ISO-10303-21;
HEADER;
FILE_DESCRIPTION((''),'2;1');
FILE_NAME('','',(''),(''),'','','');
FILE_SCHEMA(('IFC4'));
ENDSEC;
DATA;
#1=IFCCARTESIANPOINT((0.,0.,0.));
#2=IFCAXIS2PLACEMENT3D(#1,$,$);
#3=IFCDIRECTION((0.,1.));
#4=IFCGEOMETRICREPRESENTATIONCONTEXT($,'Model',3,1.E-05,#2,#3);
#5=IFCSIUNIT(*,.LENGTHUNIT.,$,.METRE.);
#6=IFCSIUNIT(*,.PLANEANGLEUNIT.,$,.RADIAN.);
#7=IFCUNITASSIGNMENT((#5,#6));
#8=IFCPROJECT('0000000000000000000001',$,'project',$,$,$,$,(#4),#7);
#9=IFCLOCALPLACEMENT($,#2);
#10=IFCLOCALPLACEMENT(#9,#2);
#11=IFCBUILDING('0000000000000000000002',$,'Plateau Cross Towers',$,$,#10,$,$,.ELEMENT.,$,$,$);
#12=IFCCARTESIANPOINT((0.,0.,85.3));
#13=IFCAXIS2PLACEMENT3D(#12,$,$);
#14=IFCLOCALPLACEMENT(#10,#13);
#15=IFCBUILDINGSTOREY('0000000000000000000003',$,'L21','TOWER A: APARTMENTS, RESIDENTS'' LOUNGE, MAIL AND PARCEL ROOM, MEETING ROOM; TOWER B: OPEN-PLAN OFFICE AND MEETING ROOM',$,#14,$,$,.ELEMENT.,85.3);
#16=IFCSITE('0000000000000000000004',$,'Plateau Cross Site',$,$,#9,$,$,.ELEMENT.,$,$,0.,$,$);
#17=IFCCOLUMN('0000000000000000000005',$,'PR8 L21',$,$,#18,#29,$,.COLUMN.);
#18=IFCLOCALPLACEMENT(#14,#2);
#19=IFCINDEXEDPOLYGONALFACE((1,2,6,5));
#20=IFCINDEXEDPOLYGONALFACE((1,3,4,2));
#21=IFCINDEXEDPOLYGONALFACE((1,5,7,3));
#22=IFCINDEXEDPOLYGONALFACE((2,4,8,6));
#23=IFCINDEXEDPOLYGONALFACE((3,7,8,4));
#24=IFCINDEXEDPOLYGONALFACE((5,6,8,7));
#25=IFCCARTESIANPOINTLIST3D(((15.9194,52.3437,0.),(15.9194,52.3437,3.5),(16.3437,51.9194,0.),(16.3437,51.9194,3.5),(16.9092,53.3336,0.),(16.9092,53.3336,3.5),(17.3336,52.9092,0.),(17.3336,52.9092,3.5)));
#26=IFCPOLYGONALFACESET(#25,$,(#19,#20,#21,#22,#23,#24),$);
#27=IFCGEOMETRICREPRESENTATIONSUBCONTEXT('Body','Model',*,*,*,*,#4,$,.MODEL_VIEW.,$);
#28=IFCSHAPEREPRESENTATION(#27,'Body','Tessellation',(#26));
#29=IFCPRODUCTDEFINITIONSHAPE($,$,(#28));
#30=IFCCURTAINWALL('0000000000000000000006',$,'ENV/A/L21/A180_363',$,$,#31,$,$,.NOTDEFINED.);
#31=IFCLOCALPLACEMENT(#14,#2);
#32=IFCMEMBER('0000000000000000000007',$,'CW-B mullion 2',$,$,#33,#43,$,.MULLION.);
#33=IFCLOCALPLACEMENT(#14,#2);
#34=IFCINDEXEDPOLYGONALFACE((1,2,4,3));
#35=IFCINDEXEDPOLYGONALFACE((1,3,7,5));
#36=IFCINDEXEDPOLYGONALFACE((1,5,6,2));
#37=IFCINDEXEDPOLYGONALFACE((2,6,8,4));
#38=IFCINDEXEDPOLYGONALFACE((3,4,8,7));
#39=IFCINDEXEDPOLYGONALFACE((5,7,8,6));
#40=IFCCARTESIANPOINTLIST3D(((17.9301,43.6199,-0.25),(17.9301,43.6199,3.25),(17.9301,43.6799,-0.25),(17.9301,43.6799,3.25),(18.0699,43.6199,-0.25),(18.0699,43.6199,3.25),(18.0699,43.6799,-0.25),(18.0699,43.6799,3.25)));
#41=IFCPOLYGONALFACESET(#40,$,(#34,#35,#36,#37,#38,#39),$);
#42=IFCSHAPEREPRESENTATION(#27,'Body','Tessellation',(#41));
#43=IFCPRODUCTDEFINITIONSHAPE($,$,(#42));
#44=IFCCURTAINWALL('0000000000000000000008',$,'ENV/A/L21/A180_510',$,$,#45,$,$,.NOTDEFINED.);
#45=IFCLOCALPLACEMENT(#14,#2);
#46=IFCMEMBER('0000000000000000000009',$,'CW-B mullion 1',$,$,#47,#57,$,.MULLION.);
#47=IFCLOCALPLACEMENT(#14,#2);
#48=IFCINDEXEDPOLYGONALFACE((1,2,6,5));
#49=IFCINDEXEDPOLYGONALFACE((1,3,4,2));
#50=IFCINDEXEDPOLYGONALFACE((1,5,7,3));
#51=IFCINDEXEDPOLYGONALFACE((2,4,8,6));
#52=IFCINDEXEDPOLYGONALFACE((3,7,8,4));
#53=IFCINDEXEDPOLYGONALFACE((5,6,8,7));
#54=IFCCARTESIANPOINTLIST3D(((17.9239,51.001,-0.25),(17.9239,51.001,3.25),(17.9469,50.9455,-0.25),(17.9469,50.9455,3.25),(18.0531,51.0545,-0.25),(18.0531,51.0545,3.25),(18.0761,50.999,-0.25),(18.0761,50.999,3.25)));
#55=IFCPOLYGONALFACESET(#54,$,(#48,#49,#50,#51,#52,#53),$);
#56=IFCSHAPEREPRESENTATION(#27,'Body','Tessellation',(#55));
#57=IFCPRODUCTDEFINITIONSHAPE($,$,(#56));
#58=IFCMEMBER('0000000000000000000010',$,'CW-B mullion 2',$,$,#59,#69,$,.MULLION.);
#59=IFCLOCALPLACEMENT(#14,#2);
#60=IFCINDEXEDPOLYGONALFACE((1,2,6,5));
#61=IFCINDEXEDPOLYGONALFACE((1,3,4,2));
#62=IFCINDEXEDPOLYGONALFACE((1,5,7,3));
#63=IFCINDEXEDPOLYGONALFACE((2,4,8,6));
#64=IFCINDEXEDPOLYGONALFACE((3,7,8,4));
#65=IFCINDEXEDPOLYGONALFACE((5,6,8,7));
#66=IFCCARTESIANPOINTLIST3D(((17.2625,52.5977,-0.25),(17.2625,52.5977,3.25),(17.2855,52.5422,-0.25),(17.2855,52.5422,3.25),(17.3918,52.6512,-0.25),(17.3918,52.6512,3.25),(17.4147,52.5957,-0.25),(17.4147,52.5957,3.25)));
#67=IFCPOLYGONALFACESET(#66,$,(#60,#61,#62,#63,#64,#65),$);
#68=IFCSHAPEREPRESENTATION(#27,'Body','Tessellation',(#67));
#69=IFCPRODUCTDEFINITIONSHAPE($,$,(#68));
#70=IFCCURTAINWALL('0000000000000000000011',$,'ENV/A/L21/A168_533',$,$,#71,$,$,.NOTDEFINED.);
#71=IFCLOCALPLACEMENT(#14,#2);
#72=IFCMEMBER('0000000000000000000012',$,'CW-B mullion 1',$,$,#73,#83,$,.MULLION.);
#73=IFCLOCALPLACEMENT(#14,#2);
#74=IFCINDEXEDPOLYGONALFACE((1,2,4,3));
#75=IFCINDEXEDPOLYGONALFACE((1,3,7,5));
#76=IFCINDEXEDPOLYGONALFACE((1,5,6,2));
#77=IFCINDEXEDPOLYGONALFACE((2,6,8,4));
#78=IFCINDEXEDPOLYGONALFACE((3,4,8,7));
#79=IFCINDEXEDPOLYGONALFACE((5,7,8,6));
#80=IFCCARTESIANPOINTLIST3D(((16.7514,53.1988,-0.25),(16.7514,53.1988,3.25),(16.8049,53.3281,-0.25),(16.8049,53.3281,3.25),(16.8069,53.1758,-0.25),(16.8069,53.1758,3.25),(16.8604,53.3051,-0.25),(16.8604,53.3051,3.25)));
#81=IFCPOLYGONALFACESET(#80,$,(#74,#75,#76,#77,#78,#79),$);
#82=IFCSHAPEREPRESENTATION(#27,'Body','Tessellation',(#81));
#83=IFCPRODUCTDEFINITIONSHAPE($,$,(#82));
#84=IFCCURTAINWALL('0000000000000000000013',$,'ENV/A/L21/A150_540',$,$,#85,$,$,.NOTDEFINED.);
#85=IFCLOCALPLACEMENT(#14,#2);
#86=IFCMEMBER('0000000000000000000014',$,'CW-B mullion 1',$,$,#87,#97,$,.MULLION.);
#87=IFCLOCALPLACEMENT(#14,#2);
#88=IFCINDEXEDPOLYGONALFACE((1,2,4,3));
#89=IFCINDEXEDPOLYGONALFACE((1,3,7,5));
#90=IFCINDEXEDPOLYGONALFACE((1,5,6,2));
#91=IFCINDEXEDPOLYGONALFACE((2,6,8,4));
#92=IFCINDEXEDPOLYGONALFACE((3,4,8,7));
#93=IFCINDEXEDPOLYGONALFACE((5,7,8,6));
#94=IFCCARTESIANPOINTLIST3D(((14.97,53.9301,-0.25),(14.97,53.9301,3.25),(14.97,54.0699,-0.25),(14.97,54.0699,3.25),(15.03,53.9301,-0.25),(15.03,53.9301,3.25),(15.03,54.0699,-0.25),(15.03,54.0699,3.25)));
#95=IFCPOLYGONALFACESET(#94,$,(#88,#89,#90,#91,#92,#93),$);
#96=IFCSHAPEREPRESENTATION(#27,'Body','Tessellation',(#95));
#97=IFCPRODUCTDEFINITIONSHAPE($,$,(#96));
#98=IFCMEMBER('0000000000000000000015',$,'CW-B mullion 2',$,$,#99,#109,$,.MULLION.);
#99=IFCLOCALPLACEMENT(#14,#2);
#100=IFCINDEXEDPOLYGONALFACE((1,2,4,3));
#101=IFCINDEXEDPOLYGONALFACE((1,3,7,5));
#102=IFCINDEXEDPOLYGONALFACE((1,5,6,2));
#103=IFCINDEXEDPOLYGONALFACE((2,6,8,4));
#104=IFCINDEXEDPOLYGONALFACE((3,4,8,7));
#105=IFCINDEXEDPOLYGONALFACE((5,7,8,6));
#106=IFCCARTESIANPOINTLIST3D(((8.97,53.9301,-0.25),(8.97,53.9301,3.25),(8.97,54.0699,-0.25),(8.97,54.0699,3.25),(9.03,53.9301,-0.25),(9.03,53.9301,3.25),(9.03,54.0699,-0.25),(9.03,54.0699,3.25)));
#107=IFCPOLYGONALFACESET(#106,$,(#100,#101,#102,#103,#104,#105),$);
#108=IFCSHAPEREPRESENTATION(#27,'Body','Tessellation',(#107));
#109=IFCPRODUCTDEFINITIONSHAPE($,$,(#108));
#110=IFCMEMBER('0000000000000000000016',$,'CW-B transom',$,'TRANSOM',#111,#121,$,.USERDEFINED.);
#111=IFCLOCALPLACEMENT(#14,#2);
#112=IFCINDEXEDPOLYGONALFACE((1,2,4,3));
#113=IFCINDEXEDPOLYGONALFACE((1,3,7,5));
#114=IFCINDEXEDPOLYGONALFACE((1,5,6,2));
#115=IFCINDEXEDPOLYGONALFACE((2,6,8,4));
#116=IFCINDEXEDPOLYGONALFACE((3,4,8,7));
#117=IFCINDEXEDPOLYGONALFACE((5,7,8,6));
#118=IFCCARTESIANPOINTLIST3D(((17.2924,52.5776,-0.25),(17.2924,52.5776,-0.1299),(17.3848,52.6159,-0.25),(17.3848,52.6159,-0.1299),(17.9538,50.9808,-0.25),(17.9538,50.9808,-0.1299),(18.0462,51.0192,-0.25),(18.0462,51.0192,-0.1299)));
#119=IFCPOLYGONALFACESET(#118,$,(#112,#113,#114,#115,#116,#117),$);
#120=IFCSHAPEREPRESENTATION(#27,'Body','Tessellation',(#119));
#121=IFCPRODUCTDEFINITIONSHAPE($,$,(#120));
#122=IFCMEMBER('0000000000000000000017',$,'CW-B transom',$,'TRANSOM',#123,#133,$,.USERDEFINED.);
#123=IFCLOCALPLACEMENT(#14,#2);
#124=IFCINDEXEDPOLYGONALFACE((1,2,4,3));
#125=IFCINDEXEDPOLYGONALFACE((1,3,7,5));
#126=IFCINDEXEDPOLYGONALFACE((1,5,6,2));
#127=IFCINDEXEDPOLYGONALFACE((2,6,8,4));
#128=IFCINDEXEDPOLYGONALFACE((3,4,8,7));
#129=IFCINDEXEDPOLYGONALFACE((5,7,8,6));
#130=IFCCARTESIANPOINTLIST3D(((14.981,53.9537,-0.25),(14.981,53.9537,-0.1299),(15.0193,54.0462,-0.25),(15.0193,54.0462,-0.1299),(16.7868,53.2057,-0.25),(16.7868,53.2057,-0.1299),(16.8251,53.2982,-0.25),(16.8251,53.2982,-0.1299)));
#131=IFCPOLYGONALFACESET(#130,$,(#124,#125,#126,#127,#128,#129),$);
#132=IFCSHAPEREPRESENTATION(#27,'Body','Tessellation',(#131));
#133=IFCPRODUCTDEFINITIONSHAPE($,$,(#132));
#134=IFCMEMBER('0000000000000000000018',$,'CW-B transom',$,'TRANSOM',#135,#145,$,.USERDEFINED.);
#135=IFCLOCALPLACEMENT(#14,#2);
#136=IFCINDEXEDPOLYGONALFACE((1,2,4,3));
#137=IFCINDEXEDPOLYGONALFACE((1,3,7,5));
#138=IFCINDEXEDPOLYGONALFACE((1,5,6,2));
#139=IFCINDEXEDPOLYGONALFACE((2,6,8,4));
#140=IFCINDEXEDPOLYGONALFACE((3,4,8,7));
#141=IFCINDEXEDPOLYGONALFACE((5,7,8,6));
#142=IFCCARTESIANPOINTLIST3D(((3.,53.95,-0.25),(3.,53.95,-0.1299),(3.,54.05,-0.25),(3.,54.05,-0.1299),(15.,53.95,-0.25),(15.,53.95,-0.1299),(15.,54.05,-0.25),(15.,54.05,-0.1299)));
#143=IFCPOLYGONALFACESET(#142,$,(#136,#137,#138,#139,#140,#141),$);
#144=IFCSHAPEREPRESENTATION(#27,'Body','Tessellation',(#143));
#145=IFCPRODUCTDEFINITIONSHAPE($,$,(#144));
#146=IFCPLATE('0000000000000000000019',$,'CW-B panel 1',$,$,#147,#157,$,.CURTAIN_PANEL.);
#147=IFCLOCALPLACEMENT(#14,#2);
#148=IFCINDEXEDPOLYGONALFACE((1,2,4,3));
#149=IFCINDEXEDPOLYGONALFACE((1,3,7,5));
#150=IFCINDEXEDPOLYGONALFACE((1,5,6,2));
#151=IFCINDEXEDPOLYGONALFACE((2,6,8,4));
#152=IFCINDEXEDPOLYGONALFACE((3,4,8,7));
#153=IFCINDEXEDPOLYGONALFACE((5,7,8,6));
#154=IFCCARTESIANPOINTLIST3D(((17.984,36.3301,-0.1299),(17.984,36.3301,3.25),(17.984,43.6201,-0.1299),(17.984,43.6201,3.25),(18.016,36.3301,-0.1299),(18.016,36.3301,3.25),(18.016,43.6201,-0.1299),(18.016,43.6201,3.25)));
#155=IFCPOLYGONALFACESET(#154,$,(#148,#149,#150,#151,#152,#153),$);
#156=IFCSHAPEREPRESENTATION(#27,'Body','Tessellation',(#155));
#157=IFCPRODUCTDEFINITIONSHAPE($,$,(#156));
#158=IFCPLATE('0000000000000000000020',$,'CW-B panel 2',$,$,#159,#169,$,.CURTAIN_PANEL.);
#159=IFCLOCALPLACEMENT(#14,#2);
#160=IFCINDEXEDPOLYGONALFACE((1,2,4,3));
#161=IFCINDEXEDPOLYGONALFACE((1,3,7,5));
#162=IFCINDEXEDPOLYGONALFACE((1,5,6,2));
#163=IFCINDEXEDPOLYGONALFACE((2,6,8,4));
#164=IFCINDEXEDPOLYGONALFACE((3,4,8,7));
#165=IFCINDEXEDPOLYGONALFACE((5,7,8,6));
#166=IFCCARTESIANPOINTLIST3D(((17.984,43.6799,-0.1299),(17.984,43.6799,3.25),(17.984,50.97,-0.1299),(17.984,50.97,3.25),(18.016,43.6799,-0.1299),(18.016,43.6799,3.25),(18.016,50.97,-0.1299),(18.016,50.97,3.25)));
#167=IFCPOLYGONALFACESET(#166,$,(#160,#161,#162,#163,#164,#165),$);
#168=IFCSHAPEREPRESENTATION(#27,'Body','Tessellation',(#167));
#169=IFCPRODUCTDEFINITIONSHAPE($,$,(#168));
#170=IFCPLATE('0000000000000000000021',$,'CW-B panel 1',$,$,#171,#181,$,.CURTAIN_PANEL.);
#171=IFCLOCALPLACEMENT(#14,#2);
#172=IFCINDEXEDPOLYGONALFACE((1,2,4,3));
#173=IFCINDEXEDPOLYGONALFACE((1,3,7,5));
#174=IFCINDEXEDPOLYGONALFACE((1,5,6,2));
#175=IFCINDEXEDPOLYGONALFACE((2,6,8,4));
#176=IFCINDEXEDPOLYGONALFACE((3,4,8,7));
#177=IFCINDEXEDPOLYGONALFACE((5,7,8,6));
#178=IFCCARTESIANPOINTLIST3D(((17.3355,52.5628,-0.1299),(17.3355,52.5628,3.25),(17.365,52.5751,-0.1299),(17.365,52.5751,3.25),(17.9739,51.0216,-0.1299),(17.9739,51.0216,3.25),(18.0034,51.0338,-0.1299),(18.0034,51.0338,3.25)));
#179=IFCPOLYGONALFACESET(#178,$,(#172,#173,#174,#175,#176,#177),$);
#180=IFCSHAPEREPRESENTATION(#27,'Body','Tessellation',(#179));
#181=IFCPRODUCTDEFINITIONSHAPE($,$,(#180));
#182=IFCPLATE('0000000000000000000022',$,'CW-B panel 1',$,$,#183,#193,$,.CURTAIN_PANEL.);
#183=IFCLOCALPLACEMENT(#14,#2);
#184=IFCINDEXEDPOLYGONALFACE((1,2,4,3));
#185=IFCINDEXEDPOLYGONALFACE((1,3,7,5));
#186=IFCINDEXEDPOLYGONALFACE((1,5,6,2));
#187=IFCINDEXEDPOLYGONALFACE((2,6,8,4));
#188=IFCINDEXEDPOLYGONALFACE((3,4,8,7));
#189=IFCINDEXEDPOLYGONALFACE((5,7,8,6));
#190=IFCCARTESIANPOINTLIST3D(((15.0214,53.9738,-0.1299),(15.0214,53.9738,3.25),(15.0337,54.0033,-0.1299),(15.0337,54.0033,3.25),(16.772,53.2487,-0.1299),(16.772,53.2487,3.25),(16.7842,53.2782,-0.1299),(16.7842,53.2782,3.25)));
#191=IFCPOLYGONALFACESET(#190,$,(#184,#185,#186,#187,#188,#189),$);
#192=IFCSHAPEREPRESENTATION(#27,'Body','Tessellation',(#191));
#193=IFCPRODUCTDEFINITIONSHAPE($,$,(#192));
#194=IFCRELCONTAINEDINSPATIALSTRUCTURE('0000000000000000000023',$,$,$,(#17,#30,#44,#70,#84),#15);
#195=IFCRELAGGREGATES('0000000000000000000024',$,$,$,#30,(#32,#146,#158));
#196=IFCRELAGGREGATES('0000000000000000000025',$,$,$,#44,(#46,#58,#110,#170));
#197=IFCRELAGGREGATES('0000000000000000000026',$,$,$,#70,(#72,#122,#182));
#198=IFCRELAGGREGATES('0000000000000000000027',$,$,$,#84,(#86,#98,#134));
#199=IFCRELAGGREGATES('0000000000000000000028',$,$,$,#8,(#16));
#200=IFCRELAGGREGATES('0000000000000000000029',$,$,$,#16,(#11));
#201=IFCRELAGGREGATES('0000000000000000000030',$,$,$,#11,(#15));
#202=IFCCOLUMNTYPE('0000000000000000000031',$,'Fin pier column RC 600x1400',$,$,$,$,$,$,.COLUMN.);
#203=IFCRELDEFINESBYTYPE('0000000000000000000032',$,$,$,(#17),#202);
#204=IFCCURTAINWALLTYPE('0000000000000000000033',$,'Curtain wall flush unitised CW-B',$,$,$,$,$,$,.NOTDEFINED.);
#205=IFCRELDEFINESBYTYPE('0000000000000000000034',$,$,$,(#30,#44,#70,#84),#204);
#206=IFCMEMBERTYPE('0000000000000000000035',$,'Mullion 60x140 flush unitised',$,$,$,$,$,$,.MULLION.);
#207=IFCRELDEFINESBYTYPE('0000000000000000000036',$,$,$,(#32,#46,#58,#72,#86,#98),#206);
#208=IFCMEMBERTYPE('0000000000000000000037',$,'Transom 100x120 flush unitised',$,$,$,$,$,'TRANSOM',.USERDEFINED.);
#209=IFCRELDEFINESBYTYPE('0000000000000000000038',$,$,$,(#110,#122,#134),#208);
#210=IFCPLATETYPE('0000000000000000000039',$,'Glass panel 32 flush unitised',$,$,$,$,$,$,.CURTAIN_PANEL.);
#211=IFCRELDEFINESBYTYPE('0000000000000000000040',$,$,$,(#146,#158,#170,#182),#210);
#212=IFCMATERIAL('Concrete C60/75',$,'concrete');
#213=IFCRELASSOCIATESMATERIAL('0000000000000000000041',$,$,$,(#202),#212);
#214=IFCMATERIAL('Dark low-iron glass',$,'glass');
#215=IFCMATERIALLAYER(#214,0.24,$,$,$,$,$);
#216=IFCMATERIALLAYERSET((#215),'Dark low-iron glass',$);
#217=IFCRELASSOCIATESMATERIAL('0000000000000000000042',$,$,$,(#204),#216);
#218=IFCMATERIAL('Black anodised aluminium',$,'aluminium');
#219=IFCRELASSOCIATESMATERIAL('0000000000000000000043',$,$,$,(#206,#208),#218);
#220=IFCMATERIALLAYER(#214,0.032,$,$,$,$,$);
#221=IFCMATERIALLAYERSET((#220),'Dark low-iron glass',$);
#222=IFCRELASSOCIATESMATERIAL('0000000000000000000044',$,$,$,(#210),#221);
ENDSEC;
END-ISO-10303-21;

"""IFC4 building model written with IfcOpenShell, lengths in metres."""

from ifc_helpers import new_model, si_unit, direction, frame, origin, origin_2d, place, context, subcontext, project, spatial, rectangle, extrude, material, layer, layer_set, material_profile, profile_set, type_object, element, aggregate, save


model = new_model("IFC4")

# Units and contexts
model_context = context("Model", 3, precision=1e-05, world=origin(), true_north=direction((0.0, 1.0)))
body_context = subcontext(model_context, "Body", "Model", "MODEL_VIEW")
ifc_project = project(units=[si_unit("LENGTHUNIT", "METRE"), si_unit("PLANEANGLEUNIT", "RADIAN")], contexts=[model_context])

# Site, building, storey
site_placement = place(None, origin())
site = spatial("IfcSite", under=ifc_project, at=site_placement, Name="Plateau Cross Site", CompositionType="ELEMENT", RefElevation=0.0)
building_placement = place(site_placement, origin())
building = spatial("IfcBuilding", under=site, at=building_placement, Name="Plateau Cross Towers", CompositionType="ELEMENT")
storey_placement = place(building_placement, frame((0.0, 0.0, 85.3)))
storey = spatial("IfcBuildingStorey", under=building, at=storey_placement, Name="L21", Description="TOWER A: APARTMENTS, RESIDENTS' LOUNGE, MAIL AND PARCEL ROOM, MEETING ROOM; TOWER B: OPEN-PLAN OFFICE AND MEETING ROOM", CompositionType="ELEMENT", Elevation=85.3)

# Column
ifc_material_1 = material(Name="Concrete C60/75", Category="concrete")
ifc_material_profile_1 = material_profile(ifc_material_1, rectangle(XDim=0.6001, YDim=1.3999, at=origin_2d()), Name="RC 600x1400")
ifc_profile_set_1 = profile_set([ifc_material_profile_1], Name="Concrete C60/75")
column_type = type_object("IfcColumnType", Name="Fin pier column RC 600x1400", PredefinedType="COLUMN", material=ifc_profile_set_1)
column_placement = place(storey_placement, frame((16.6265, 52.6265, 0.0), z_axis=(0.0, 0.0, 1.0), x_axis=(-0.707107, 0.707107, 0.0)))
element("IfcColumn", 1, at=column_placement, inside=storey, type_object=column_type, Name="PR8 L21", PredefinedType="COLUMN", context=body_context, shape_type="SweptSolid", body=[
    extrude(rectangle(XDim=0.6001, YDim=1.3999, at=origin_2d()), origin(), (0.0, 0.0, 1.0), 3.5),
])

# Curtain wall, member
ifc_material_2 = material(Name="Dark low-iron glass", Category="glass")
ifc_layer_1 = layer(ifc_material_2, 0.24)
ifc_layer_set_1 = layer_set([ifc_layer_1], Name="Dark low-iron glass")
curtain_wall_type = type_object("IfcCurtainWallType", Name="Curtain wall flush unitised CW-B", PredefinedType="NOTDEFINED", material=ifc_layer_set_1)
curtain_wall_1_placement = place(storey_placement, origin())
curtain_wall_1 = element("IfcCurtainWall", 2, at=curtain_wall_1_placement, inside=storey, type_object=curtain_wall_type, Name="ENV/A/L21/A180_363", PredefinedType="NOTDEFINED")
ifc_material_3 = material(Name="Black anodised aluminium", Category="aluminium")
ifc_material_profile_2 = material_profile(ifc_material_3, rectangle(XDim=0.0601, YDim=0.1399, at=origin_2d()), Name="MULLION 60x140")
ifc_profile_set_2 = profile_set([ifc_material_profile_2], Name="Black anodised aluminium")
member_type_1 = type_object("IfcMemberType", Name="Mullion 60x140 flush unitised", PredefinedType="MULLION", material=ifc_profile_set_2)
member_1_placement = place(storey_placement, frame((18.0, 43.6499, -0.25), z_axis=(0.0, 0.0, 1.0), x_axis=(0.0, 1.0, 0.0)))
member_1 = element("IfcMember", 3, at=member_1_placement, type_object=member_type_1, Name="CW-B mullion 2", PredefinedType="MULLION", context=body_context, shape_type="SweptSolid", body=[
    extrude(rectangle(XDim=0.0601, YDim=0.1399, at=origin_2d()), origin(), (0.0, 0.0, 1.0), 3.5),
])

# Curtain wall, members
curtain_wall_2_placement = place(storey_placement, origin())
curtain_wall_2 = element("IfcCurtainWall", 4, at=curtain_wall_2_placement, inside=storey, type_object=curtain_wall_type, Name="ENV/A/L21/A180_510", PredefinedType="NOTDEFINED")
member_2_placement = place(storey_placement, frame((18.0, 51.0, -0.25), z_axis=(0.0, 0.0, 1.0), x_axis=(-0.382684, 0.923879, 0.0)))
member_2 = element("IfcMember", 5, at=member_2_placement, type_object=member_type_1, Name="CW-B mullion 1", PredefinedType="MULLION", context=body_context, shape_type="SweptSolid", body=[
    extrude(rectangle(XDim=0.0601, YDim=0.1399, at=origin_2d()), origin(), (0.0, 0.0, 1.0), 3.5),
])
member_3_placement = place(storey_placement, frame((17.3386, 52.5967, -0.25), z_axis=(0.0, 0.0, 1.0), x_axis=(-0.382684, 0.923879, 0.0)))
member_3 = element("IfcMember", 6, at=member_3_placement, type_object=member_type_1, Name="CW-B mullion 2", PredefinedType="MULLION", context=body_context, shape_type="SweptSolid", body=[
    extrude(rectangle(XDim=0.0601, YDim=0.1399, at=origin_2d()), origin(), (0.0, 0.0, 1.0), 3.5),
])

# Curtain wall, member
curtain_wall_3_placement = place(storey_placement, origin())
curtain_wall_3 = element("IfcCurtainWall", 7, at=curtain_wall_3_placement, inside=storey, type_object=curtain_wall_type, Name="ENV/A/L21/A168_533", PredefinedType="NOTDEFINED")
member_4_placement = place(storey_placement, frame((16.8059, 53.252, -0.25), z_axis=(0.0, 0.0, 1.0), x_axis=(-0.923879, 0.382684, 0.0)))
member_4 = element("IfcMember", 8, at=member_4_placement, type_object=member_type_1, Name="CW-B mullion 1", PredefinedType="MULLION", context=body_context, shape_type="SweptSolid", body=[
    extrude(rectangle(XDim=0.0601, YDim=0.1399, at=origin_2d()), origin(), (0.0, 0.0, 1.0), 3.5),
])

# Curtain wall, members
curtain_wall_4_placement = place(storey_placement, origin())
curtain_wall_4 = element("IfcCurtainWall", 9, at=curtain_wall_4_placement, inside=storey, type_object=curtain_wall_type, Name="ENV/A/L21/A150_540", PredefinedType="NOTDEFINED")
member_5_placement = place(storey_placement, frame((15.0, 54.0, -0.25), z_axis=(0.0, 0.0, 1.0), x_axis=(-1.0, 0.0, 0.0)))
member_5 = element("IfcMember", 10, at=member_5_placement, type_object=member_type_1, Name="CW-B mullion 1", PredefinedType="MULLION", context=body_context, shape_type="SweptSolid", body=[
    extrude(rectangle(XDim=0.0601, YDim=0.1399, at=origin_2d()), origin(), (0.0, 0.0, 1.0), 3.5),
])
member_6_placement = place(storey_placement, frame((9.0, 54.0, -0.25), z_axis=(0.0, 0.0, 1.0), x_axis=(-1.0, 0.0, 0.0)))
member_6 = element("IfcMember", 11, at=member_6_placement, type_object=member_type_1, Name="CW-B mullion 2", PredefinedType="MULLION", context=body_context, shape_type="SweptSolid", body=[
    extrude(rectangle(XDim=0.0601, YDim=0.1399, at=origin_2d()), origin(), (0.0, 0.0, 1.0), 3.5),
])

# Members
ifc_material_profile_3 = material_profile(ifc_material_3, rectangle(XDim=0.1001, YDim=0.1201, at=origin_2d()), Name="TRANSOM 100x120")
ifc_profile_set_3 = profile_set([ifc_material_profile_3], Name="Black anodised aluminium")
member_type_2 = type_object("IfcMemberType", Name="Transom 100x120 flush unitised", ElementType="TRANSOM", PredefinedType="USERDEFINED", material=ifc_profile_set_3)
member_7_placement = place(storey_placement, frame((18.0, 51.0, -0.1899), z_axis=(-0.382689, 0.923877, 0.0), x_axis=(-0.923877, -0.382689, 0.0)))
member_7 = element("IfcMember", 12, at=member_7_placement, type_object=member_type_2, Name="CW-B transom", ObjectType="TRANSOM", PredefinedType="USERDEFINED", context=body_context, shape_type="SweptSolid", body=[
    extrude(rectangle(XDim=0.1001, YDim=0.1201, at=origin_2d()), origin(), (0.0, 0.0, 1.0), 1.7283),
])
member_8_placement = place(storey_placement, frame((16.8059, 53.252, -0.1899), z_axis=(-0.923877, 0.38269, 0.0), x_axis=(-0.38269, -0.923877, 0.0)))
member_8 = element("IfcMember", 13, at=member_8_placement, type_object=member_type_2, Name="CW-B transom", ObjectType="TRANSOM", PredefinedType="USERDEFINED", context=body_context, shape_type="SweptSolid", body=[
    extrude(rectangle(XDim=0.1001, YDim=0.1201, at=origin_2d()), origin(), (0.0, 0.0, 1.0), 1.9546),
])
member_9_placement = place(storey_placement, frame((15.0, 54.0, -0.1899), z_axis=(-1.0, 0.0, 0.0), x_axis=(0.0, -1.0, 0.0)))
member_9 = element("IfcMember", 14, at=member_9_placement, type_object=member_type_2, Name="CW-B transom", ObjectType="TRANSOM", PredefinedType="USERDEFINED", context=body_context, shape_type="SweptSolid", body=[
    extrude(rectangle(XDim=0.1001, YDim=0.1201, at=origin_2d()), origin(), (0.0, 0.0, 1.0), 12.0),
])

# Plates
ifc_layer_2 = layer(ifc_material_2, 0.032)
ifc_layer_set_2 = layer_set([ifc_layer_2], Name="Dark low-iron glass")
plate_type = type_object("IfcPlateType", Name="Glass panel 32 flush unitised", PredefinedType="CURTAIN_PANEL", material=ifc_layer_set_2)
plate_1_placement = place(storey_placement, frame((18.0, 39.9751, -0.1299), z_axis=(0.0, 0.0, 1.0), x_axis=(0.0, 1.0, 0.0)))
plate_1 = element("IfcPlate", 15, at=plate_1_placement, type_object=plate_type, Name="CW-B panel 1", PredefinedType="CURTAIN_PANEL", context=body_context, shape_type="SweptSolid", body=[
    extrude(rectangle(XDim=7.29, YDim=0.032, at=origin_2d()), origin(), (0.0, 0.0, 1.0), 3.3799),
])
plate_2_placement = place(storey_placement, frame((18.0, 47.325, -0.1299), z_axis=(0.0, 0.0, 1.0), x_axis=(0.0, 1.0, 0.0)))
plate_2 = element("IfcPlate", 16, at=plate_2_placement, type_object=plate_type, Name="CW-B panel 2", PredefinedType="CURTAIN_PANEL", context=body_context, shape_type="SweptSolid", body=[
    extrude(rectangle(XDim=7.29, YDim=0.032, at=origin_2d()), origin(), (0.0, 0.0, 1.0), 3.3799),
])
aggregate(curtain_wall_1, [member_1, plate_1, plate_2])
plate_3_placement = place(storey_placement, frame((17.6694, 51.7983, -0.1299), z_axis=(0.0, 0.0, 1.0), x_axis=(-0.382684, 0.923879, 0.0)))
plate_3 = element("IfcPlate", 17, at=plate_3_placement, type_object=plate_type, Name="CW-B panel 1", PredefinedType="CURTAIN_PANEL", context=body_context, shape_type="SweptSolid", body=[
    extrude(rectangle(XDim=1.6682, YDim=0.032, at=origin_2d()), origin(), (0.0, 0.0, 1.0), 3.3799),
])
aggregate(curtain_wall_2, [member_2, member_3, member_7, plate_3])
plate_4_placement = place(storey_placement, frame((15.9028, 53.626, -0.1299), z_axis=(0.0, 0.0, 1.0), x_axis=(-0.923879, 0.382684, 0.0)))
plate_4 = element("IfcPlate", 18, at=plate_4_placement, type_object=plate_type, Name="CW-B panel 1", PredefinedType="CURTAIN_PANEL", context=body_context, shape_type="SweptSolid", body=[
    extrude(rectangle(XDim=1.8948, YDim=0.032, at=origin_2d()), origin(), (0.0, 0.0, 1.0), 3.3799),
])
aggregate(curtain_wall_3, [member_4, member_8, plate_4])
aggregate(curtain_wall_4, [member_5, member_6, member_9])

save(model, "model.ifc")
